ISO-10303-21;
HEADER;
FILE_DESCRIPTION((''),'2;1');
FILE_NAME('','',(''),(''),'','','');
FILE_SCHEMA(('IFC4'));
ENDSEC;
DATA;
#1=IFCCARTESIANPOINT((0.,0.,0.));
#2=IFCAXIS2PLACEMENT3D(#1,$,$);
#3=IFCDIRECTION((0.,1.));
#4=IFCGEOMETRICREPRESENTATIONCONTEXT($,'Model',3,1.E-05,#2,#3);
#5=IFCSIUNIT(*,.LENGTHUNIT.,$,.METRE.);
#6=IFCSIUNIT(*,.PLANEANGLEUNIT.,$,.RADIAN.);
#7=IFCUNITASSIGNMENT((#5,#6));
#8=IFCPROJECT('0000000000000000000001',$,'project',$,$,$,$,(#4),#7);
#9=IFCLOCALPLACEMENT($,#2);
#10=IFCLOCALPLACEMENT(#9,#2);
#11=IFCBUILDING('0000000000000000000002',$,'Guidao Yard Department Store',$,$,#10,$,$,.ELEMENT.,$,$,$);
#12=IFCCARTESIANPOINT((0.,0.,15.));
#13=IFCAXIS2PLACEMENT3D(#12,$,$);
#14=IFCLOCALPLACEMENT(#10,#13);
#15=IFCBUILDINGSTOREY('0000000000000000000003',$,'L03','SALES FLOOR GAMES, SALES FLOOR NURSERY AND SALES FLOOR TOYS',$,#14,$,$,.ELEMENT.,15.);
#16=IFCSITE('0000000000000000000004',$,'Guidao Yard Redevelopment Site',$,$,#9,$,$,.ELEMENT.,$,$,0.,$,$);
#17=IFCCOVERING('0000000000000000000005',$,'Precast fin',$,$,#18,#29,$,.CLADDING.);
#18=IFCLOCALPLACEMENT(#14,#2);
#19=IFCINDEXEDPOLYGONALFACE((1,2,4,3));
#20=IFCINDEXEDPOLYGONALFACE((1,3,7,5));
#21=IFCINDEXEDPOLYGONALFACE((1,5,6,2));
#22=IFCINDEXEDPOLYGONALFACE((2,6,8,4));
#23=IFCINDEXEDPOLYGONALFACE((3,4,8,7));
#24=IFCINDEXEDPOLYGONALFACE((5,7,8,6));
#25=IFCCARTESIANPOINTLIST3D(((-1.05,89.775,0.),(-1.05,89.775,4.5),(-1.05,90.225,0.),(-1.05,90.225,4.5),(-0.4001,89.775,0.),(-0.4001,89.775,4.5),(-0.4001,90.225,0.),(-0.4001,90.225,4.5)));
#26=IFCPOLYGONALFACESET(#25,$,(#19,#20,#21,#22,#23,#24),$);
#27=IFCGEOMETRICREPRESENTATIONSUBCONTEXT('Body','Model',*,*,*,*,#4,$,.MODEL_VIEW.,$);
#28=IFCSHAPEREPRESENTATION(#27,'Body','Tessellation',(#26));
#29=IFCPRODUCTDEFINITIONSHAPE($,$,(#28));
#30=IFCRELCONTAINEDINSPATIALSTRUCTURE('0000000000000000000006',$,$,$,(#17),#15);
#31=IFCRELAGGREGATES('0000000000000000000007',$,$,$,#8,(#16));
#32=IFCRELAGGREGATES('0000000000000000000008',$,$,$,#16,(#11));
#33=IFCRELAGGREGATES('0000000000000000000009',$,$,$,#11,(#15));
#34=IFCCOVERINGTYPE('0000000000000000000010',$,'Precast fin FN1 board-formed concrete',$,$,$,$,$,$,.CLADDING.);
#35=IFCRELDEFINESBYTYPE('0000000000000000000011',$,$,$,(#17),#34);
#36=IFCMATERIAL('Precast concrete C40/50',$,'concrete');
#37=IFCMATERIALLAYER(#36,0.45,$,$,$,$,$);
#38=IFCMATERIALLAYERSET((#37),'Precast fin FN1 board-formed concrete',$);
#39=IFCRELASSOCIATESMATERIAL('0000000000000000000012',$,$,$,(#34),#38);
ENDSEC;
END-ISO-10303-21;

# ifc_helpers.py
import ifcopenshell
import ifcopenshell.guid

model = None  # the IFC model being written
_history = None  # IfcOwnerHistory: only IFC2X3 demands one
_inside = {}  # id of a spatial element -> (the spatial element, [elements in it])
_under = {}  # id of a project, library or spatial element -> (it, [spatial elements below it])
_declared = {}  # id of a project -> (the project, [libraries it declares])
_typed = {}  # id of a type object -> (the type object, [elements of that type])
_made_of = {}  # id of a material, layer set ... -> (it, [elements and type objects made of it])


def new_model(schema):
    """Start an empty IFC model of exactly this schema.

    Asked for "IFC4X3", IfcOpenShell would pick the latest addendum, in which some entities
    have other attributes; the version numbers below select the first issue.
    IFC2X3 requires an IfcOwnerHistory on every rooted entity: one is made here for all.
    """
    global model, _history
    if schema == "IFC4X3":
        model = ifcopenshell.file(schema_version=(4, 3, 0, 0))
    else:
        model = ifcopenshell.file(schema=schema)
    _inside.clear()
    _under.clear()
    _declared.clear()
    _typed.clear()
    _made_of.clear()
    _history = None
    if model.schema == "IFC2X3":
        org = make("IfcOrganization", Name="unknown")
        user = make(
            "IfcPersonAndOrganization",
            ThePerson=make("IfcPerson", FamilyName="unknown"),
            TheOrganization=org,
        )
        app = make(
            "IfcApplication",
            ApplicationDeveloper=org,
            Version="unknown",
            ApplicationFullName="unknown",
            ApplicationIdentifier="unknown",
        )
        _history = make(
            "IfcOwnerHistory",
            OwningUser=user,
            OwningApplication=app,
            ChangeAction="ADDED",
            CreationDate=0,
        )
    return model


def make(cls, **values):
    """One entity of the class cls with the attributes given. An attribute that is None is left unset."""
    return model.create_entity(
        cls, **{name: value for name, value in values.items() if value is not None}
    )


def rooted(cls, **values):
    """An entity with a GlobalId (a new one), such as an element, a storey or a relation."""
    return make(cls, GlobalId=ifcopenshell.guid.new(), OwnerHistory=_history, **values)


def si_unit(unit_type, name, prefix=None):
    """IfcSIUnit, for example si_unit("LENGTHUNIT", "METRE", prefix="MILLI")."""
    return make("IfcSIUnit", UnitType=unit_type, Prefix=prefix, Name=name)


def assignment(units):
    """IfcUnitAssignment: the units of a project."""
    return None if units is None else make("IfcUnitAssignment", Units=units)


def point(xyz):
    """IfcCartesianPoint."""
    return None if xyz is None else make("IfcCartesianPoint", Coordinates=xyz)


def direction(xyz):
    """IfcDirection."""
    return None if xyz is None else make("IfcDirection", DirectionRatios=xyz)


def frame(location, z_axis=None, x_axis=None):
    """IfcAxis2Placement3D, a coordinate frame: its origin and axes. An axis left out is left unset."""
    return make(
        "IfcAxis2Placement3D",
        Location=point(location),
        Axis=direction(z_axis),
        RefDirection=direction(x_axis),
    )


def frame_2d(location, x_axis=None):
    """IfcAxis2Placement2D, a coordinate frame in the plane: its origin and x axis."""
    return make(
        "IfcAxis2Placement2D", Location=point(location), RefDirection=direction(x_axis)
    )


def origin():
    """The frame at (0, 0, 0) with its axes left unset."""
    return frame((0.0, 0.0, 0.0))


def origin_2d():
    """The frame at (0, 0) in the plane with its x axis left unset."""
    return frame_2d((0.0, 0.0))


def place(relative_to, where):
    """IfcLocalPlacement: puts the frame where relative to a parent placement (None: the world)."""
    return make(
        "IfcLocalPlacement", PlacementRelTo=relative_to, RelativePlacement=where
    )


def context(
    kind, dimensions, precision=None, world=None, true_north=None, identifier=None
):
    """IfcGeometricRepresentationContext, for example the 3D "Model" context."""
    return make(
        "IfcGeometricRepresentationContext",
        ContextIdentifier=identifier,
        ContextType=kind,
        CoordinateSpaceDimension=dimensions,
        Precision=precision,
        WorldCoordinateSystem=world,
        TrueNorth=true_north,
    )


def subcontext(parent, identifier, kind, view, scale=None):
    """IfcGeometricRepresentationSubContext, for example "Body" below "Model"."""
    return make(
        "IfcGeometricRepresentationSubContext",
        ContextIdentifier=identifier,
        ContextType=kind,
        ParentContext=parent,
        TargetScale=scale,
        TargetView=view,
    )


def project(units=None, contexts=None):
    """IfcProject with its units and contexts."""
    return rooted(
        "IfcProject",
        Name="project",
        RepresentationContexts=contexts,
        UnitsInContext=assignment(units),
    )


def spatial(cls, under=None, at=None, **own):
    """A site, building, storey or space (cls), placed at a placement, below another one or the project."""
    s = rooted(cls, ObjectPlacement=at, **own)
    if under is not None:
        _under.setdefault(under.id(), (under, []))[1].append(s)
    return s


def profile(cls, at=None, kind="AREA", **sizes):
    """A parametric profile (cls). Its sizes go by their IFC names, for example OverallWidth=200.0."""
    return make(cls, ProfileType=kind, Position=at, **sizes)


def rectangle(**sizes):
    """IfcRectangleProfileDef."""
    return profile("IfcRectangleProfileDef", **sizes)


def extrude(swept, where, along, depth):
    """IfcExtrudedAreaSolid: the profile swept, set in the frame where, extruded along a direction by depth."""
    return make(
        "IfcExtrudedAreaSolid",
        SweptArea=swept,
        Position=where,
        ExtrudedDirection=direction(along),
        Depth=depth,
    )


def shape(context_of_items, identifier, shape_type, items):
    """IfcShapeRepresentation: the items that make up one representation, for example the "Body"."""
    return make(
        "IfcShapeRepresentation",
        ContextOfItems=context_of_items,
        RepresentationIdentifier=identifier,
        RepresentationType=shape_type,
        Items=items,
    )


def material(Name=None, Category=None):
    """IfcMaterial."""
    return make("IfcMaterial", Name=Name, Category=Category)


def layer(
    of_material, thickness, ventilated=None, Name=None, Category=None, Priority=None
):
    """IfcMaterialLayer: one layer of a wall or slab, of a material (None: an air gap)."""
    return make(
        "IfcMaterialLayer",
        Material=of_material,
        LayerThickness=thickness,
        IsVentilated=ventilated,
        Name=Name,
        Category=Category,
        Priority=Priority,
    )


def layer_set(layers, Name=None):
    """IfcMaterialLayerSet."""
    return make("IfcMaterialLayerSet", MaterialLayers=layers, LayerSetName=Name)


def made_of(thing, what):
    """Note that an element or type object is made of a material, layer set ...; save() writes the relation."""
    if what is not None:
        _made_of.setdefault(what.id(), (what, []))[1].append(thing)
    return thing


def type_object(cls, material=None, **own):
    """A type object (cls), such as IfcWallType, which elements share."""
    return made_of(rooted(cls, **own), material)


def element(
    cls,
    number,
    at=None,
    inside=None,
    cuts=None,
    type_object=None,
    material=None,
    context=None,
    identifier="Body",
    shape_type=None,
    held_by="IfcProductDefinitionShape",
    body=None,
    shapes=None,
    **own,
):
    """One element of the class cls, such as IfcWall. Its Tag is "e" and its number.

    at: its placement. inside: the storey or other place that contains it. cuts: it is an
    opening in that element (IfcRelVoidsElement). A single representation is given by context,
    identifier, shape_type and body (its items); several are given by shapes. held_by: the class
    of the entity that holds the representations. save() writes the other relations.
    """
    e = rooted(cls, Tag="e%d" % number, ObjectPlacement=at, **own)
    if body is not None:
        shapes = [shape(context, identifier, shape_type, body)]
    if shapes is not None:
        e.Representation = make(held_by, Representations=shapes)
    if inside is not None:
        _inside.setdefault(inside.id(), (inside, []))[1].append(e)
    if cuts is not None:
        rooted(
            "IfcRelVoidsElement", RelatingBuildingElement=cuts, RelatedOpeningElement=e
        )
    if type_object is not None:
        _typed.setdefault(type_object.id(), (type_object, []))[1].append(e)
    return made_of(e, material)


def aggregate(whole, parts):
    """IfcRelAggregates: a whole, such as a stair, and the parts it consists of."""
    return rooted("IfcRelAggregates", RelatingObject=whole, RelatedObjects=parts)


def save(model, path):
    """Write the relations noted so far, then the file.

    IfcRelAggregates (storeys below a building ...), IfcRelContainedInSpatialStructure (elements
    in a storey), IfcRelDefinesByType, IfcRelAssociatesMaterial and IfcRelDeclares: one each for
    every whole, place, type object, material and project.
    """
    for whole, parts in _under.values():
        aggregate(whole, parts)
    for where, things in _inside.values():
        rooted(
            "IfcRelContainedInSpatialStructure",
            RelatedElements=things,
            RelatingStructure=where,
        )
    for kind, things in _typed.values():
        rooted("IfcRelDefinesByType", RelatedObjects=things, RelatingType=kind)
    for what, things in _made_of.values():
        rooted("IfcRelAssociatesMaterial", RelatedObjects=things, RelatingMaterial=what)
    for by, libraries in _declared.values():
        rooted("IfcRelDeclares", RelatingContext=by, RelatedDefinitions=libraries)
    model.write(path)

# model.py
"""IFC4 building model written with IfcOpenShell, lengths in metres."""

from ifc_helpers import new_model, si_unit, direction, frame, origin, origin_2d, place, context, subcontext, project, spatial, rectangle, extrude, material, layer, layer_set, type_object, element, save


model = new_model("IFC4")

# Units and contexts
model_context = context("Model", 3, precision=1e-05, world=origin(), true_north=direction((0.0, 1.0)))
body_context = subcontext(model_context, "Body", "Model", "MODEL_VIEW")
ifc_project = project(units=[si_unit("LENGTHUNIT", "METRE"), si_unit("PLANEANGLEUNIT", "RADIAN")], contexts=[model_context])

# Site, building, storey
site_placement = place(None, origin())
site = spatial("IfcSite", under=ifc_project, at=site_placement, Name="Guidao Yard Redevelopment Site", CompositionType="ELEMENT", RefElevation=0.0)
building_placement = place(site_placement, origin())
building = spatial("IfcBuilding", under=site, at=building_placement, Name="Guidao Yard Department Store", CompositionType="ELEMENT")
storey_placement = place(building_placement, frame((0.0, 0.0, 15.0)))
storey = spatial("IfcBuildingStorey", under=building, at=storey_placement, Name="L03", Description="SALES FLOOR GAMES, SALES FLOOR NURSERY AND SALES FLOOR TOYS", CompositionType="ELEMENT", Elevation=15.0)

# Covering
ifc_material_1 = material(Name="Precast concrete C40/50", Category="concrete")
ifc_layer_1 = layer(ifc_material_1, 0.45)
ifc_layer_set_1 = layer_set([ifc_layer_1], Name="Precast fin FN1 board-formed concrete")
covering_type = type_object("IfcCoveringType", Name="Precast fin FN1 board-formed concrete", PredefinedType="CLADDING", material=ifc_layer_set_1)
for number, where, z_axis, x_axis, name in (
    (1, (-0.7251, 90.0, 0.0), (0.0, 0.0, 1.0), (0.0, 1.0, 0.0), "Precast fin"),
):
    element("IfcCovering", number, at=place(storey_placement, frame(where, z_axis=z_axis, x_axis=x_axis)), inside=storey, type_object=covering_type, Name=name, PredefinedType="CLADDING", context=body_context, shape_type="SweptSolid", body=[
        extrude(rectangle(XDim=0.45, YDim=0.6499, at=origin_2d()), origin(), (0.0, 0.0, 1.0), 4.5),
    ])

save(model, "model.ifc")
